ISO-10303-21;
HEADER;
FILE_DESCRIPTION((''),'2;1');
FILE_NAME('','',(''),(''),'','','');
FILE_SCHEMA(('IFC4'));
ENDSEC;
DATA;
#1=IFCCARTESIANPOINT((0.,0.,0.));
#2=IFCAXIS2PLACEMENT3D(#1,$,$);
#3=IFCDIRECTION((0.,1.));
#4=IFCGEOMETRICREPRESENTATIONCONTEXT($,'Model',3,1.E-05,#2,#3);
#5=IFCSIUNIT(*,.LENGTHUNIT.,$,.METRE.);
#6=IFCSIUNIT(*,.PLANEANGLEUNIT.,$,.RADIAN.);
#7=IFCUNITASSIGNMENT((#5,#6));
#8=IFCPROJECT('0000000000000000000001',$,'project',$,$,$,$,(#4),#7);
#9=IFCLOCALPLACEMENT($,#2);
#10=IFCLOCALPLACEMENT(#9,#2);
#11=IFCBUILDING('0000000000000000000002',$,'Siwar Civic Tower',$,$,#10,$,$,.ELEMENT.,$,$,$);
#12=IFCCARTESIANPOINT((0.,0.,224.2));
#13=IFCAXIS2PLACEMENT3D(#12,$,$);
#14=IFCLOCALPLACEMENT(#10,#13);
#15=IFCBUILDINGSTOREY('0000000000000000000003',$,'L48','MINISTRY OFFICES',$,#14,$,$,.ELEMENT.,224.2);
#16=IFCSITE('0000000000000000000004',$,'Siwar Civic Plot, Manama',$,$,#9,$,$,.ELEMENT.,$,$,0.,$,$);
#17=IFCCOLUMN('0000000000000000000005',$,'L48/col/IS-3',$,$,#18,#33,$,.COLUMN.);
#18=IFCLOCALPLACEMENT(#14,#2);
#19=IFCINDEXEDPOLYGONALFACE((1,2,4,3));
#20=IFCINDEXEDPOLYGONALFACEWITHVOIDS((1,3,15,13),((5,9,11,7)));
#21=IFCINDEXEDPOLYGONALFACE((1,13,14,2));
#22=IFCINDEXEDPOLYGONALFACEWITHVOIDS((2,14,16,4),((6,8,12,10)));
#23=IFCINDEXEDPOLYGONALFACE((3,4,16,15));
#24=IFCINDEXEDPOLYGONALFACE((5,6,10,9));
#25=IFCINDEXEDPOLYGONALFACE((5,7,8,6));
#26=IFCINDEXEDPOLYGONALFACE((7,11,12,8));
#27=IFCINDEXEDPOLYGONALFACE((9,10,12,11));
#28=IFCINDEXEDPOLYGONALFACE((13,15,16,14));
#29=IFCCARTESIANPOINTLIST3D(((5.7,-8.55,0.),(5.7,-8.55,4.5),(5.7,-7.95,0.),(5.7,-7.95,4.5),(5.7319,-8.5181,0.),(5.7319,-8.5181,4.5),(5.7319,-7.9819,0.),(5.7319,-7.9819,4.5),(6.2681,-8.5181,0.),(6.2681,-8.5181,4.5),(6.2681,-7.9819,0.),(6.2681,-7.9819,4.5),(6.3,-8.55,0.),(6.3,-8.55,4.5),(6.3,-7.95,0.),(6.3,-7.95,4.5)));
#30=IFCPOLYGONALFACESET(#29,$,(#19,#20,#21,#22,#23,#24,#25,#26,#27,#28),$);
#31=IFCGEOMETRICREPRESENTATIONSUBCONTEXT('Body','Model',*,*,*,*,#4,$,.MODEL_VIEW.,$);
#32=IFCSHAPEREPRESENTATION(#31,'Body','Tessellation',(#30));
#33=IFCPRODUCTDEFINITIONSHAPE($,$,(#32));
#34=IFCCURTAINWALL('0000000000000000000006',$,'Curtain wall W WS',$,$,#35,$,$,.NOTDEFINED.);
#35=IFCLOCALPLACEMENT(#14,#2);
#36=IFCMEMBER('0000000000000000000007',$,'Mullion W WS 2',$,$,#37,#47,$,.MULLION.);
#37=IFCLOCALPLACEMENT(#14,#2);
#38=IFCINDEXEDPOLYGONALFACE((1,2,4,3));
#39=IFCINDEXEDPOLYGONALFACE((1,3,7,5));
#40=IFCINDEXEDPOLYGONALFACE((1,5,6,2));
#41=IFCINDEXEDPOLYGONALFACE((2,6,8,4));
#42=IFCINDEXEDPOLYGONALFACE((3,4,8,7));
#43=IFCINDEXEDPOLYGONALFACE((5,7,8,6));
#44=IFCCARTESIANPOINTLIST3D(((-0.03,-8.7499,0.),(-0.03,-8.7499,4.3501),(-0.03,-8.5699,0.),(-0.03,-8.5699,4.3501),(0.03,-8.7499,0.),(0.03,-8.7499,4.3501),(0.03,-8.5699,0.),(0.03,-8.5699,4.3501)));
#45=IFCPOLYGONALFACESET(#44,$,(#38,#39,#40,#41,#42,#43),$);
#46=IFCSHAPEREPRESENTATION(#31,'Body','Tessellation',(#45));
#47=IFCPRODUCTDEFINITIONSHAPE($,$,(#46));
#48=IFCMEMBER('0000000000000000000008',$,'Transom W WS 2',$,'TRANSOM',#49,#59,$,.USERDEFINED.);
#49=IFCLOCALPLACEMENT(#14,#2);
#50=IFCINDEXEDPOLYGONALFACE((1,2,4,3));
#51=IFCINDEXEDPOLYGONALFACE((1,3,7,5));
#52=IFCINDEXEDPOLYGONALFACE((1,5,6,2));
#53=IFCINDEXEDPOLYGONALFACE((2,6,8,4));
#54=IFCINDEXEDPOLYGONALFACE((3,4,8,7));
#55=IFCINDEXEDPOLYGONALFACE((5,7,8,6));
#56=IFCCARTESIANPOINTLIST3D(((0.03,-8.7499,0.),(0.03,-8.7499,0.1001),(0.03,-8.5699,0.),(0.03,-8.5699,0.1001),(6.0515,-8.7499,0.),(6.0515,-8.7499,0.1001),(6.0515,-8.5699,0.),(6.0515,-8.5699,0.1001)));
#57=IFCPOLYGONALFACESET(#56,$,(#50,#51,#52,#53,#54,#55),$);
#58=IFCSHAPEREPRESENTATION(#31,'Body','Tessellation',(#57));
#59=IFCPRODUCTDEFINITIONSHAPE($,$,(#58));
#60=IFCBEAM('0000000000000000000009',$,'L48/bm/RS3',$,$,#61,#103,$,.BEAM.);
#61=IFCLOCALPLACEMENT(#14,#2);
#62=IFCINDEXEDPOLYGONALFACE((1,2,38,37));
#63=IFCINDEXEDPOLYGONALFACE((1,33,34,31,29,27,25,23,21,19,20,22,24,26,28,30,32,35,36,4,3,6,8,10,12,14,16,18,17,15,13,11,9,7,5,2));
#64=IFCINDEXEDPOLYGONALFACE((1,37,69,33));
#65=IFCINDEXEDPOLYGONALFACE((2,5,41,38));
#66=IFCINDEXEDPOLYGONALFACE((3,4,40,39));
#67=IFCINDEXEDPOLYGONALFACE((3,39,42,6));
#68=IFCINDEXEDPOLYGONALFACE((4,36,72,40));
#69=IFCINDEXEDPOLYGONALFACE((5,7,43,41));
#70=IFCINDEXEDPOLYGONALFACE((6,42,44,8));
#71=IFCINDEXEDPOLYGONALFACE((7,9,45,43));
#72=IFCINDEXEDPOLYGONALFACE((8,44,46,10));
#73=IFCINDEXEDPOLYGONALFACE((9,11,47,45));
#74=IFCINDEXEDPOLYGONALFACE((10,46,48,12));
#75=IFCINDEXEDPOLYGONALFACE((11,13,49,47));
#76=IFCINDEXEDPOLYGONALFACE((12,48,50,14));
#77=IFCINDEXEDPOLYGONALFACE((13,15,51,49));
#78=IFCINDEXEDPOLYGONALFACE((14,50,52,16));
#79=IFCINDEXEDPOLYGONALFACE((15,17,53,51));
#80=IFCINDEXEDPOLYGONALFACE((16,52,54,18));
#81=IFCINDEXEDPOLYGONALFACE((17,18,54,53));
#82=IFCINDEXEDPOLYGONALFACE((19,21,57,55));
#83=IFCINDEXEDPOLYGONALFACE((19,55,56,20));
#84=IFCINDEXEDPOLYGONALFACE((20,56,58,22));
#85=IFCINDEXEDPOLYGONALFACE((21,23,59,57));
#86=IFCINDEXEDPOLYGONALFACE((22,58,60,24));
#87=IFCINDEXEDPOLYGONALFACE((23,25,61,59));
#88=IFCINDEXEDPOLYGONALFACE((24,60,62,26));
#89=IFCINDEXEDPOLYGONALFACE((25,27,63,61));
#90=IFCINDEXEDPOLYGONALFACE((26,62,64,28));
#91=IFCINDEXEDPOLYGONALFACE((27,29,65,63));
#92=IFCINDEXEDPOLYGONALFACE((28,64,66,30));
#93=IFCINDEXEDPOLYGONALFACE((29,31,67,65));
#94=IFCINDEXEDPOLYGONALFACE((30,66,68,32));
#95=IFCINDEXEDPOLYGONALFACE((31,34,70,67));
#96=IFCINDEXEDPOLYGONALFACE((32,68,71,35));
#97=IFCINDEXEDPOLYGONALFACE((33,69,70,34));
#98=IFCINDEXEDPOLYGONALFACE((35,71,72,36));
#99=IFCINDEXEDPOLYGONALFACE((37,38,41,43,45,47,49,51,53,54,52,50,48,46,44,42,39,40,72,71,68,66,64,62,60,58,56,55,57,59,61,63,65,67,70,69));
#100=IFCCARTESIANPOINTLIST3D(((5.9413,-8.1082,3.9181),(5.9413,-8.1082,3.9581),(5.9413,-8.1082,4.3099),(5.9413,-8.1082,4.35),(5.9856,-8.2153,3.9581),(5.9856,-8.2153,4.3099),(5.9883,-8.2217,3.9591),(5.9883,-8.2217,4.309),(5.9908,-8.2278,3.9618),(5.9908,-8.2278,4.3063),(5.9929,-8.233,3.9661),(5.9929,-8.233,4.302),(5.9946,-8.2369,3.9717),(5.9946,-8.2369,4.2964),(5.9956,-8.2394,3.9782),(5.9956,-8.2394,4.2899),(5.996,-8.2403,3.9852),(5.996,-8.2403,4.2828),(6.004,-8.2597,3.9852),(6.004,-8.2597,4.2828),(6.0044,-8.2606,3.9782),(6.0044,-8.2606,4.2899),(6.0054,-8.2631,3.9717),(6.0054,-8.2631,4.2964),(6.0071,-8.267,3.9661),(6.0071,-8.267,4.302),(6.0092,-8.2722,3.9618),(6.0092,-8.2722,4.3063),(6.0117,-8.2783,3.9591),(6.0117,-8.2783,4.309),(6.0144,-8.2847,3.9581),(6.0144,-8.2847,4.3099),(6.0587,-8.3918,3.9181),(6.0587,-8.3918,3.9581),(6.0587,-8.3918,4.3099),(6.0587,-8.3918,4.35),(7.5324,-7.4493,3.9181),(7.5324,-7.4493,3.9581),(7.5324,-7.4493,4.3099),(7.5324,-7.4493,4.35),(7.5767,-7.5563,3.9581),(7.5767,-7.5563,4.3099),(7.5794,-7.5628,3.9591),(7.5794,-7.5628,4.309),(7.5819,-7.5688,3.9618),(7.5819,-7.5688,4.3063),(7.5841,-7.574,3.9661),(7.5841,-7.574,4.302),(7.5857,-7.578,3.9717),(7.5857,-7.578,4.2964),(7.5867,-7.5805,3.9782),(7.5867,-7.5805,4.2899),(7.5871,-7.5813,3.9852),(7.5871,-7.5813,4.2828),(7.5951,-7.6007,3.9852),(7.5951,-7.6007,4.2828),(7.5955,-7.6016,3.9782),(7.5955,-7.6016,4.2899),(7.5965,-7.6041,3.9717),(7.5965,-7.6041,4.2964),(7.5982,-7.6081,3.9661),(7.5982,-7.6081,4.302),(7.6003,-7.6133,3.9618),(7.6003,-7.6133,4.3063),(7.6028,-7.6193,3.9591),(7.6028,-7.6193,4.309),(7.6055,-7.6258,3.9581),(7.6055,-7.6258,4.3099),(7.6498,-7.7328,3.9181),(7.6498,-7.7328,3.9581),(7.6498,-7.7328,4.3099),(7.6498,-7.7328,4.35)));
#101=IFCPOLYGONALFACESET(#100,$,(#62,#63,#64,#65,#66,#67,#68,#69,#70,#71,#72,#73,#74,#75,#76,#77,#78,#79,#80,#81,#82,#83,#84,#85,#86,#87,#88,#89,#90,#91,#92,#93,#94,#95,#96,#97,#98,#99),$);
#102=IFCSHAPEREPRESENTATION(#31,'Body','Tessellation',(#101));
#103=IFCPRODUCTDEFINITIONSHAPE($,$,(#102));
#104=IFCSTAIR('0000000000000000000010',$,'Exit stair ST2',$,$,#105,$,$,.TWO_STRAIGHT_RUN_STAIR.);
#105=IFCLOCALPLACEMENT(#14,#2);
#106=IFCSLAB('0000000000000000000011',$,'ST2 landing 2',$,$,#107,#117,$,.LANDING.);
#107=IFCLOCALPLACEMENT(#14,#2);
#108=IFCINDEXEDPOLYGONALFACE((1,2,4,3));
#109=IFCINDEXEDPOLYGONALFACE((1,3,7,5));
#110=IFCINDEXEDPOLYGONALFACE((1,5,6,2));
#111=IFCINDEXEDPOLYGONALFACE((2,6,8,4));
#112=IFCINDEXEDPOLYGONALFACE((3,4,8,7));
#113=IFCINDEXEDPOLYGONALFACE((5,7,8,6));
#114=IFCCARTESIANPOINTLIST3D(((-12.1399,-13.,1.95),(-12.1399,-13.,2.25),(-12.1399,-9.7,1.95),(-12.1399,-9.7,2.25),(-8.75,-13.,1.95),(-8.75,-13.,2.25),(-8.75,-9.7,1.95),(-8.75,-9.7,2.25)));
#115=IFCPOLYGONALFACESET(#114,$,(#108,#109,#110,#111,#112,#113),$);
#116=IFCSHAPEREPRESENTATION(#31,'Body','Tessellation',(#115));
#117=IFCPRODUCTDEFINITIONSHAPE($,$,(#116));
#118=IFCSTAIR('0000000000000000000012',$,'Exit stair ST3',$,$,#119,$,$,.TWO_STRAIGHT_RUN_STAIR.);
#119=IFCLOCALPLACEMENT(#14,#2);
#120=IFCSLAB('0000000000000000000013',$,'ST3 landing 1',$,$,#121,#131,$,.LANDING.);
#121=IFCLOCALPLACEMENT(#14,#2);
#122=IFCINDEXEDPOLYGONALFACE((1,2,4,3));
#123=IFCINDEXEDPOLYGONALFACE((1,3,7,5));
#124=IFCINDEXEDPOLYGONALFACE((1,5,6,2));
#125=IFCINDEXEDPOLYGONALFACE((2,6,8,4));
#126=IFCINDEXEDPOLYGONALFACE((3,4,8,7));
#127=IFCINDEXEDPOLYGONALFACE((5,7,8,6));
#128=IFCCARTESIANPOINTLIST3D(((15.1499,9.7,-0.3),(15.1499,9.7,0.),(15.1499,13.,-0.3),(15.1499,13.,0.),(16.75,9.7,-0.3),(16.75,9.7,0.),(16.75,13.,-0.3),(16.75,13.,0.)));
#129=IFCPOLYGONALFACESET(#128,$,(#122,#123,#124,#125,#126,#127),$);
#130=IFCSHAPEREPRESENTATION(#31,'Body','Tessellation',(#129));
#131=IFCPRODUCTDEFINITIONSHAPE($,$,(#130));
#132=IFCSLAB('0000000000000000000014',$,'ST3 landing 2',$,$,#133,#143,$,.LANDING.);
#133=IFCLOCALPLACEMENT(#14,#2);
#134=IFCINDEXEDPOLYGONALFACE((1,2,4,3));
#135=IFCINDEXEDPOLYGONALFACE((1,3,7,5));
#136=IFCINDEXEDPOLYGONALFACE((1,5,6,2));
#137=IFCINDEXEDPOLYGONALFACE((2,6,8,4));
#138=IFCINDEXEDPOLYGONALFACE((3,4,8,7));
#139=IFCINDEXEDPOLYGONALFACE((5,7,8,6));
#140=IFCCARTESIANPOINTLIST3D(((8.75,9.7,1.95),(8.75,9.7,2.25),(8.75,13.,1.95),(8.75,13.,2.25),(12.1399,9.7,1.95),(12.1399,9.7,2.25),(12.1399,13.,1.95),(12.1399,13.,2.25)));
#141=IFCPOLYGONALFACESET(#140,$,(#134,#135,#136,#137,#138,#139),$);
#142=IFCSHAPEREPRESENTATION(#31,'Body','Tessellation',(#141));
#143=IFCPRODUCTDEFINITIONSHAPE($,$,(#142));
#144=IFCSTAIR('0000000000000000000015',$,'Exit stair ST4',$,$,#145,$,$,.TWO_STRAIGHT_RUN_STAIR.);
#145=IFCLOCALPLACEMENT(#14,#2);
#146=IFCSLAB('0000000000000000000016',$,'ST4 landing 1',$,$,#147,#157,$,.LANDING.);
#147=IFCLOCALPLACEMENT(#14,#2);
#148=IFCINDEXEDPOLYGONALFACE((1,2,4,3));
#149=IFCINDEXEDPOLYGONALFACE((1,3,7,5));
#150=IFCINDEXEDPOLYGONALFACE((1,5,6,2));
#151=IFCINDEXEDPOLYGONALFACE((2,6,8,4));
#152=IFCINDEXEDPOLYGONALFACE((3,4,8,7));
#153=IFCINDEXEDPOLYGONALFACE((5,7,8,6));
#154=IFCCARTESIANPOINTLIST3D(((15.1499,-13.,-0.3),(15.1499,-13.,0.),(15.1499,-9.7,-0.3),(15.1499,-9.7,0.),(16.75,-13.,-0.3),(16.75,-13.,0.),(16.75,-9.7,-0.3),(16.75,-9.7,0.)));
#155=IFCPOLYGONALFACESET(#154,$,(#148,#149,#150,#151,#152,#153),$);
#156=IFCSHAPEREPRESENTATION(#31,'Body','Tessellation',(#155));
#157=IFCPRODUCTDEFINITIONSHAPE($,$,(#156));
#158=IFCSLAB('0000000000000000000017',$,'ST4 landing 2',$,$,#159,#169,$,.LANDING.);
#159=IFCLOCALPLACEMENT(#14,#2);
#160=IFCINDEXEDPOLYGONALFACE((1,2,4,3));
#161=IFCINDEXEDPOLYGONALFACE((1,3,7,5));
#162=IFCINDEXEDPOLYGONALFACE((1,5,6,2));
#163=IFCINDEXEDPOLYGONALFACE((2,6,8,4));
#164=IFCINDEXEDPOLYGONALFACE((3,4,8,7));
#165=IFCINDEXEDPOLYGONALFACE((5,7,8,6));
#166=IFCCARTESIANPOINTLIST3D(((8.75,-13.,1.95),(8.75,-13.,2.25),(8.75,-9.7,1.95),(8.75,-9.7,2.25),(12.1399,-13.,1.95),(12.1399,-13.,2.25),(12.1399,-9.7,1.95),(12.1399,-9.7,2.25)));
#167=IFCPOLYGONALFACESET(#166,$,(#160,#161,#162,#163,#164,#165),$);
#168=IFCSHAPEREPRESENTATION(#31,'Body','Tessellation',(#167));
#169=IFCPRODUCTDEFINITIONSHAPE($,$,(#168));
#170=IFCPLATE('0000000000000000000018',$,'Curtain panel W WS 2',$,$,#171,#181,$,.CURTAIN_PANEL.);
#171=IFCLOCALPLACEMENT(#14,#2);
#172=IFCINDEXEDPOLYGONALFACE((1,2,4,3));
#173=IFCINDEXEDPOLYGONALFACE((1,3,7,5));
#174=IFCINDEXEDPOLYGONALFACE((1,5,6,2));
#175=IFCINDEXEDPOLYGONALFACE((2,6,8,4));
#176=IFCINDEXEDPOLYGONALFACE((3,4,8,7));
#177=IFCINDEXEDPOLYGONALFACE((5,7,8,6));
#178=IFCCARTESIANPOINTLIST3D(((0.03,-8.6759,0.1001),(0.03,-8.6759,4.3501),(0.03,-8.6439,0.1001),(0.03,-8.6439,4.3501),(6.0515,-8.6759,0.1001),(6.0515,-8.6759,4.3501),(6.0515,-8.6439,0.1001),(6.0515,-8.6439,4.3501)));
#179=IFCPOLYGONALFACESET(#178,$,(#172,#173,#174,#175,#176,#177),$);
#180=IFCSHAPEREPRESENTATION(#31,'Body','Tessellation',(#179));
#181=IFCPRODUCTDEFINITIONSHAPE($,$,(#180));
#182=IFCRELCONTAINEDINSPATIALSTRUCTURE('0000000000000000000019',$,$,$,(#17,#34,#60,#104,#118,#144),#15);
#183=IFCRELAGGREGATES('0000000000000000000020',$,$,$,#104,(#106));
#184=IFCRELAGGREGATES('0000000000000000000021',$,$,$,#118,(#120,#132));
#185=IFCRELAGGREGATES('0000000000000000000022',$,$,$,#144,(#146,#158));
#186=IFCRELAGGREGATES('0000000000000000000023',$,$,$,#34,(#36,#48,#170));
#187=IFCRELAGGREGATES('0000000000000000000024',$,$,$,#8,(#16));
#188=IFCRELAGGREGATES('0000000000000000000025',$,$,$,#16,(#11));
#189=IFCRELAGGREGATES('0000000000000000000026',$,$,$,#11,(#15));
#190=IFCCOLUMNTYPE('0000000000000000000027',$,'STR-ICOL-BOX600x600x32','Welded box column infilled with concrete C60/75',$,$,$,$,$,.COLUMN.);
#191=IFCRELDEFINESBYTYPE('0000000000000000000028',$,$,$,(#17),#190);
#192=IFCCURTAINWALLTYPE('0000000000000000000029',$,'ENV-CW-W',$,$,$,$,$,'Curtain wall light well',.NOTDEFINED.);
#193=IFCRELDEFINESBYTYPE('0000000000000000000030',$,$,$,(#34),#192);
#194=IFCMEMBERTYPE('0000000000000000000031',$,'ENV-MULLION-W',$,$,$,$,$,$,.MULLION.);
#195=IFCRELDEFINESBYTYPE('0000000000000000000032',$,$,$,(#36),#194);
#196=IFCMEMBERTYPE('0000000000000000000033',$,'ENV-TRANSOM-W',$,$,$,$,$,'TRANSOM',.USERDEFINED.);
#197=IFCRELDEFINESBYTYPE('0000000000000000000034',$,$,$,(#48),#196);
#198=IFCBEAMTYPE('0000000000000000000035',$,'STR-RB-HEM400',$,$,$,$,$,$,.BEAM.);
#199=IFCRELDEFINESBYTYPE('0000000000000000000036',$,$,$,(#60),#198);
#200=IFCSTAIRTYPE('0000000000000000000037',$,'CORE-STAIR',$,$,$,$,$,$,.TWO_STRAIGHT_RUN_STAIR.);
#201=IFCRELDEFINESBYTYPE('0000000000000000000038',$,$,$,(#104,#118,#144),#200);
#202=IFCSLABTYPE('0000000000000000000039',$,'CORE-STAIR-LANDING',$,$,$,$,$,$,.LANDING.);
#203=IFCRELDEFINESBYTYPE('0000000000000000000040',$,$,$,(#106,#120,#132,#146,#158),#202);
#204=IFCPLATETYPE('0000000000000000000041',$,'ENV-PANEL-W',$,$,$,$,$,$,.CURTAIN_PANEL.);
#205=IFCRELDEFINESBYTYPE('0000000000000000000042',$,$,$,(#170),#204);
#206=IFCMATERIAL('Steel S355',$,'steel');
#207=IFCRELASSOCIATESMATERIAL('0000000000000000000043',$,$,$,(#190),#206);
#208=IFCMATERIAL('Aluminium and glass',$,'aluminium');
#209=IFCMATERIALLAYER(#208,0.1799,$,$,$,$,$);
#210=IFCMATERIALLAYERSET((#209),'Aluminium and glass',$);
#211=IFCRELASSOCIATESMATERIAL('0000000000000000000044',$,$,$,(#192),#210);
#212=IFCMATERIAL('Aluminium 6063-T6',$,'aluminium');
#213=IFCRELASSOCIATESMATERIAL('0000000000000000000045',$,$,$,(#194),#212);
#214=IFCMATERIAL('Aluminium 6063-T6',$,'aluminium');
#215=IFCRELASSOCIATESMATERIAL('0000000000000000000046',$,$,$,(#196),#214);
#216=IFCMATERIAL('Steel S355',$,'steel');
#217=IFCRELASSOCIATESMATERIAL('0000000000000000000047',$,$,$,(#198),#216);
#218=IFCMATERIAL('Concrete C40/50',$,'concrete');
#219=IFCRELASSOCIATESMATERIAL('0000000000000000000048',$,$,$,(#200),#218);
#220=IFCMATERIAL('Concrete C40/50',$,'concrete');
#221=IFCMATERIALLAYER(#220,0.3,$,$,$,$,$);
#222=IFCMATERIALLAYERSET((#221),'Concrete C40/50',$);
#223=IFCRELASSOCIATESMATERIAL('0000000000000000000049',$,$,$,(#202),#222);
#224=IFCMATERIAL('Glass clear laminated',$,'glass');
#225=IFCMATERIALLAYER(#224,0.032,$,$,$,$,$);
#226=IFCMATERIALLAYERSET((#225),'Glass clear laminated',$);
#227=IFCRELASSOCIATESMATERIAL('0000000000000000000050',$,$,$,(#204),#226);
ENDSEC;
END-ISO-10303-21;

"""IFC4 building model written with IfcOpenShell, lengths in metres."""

from ifc_helpers import new_model, si_unit, direction, frame, origin, origin_2d, place, context, subcontext, project, spatial, polyline, rectangle, hollow_rectangle, i_section, outline, extrude, material, layer, layer_set, material_profile, profile_set, type_object, element, aggregate, save


model = new_model("IFC4")

# Units and contexts
model_context = context("Model", 3, precision=1e-05, world=origin(), true_north=direction((0.0, 1.0)))
body_context = subcontext(model_context, "Body", "Model", "MODEL_VIEW")
ifc_project = project(units=[si_unit("LENGTHUNIT", "METRE"), si_unit("PLANEANGLEUNIT", "RADIAN")], contexts=[model_context])

# Site, building, storey
site_placement = place(None, origin())
site = spatial("IfcSite", under=ifc_project, at=site_placement, Name="Siwar Civic Plot, Manama", CompositionType="ELEMENT", RefElevation=0.0)
building_placement = place(site_placement, origin())
building = spatial("IfcBuilding", under=site, at=building_placement, Name="Siwar Civic Tower", CompositionType="ELEMENT")
storey_placement = place(building_placement, frame((0.0, 0.0, 224.2)))
storey = spatial("IfcBuildingStorey", under=building, at=storey_placement, Name="L48", Description="MINISTRY OFFICES", CompositionType="ELEMENT", Elevation=224.2)

# Column
ifc_material_1 = material(Name="Steel S355", Category="steel")
ifc_material_profile_1 = material_profile(ifc_material_1, hollow_rectangle(XDim=0.6001, YDim=0.6001, WallThickness=0.032, at=origin_2d()), Name="BOX600x600x32")
ifc_profile_set_1 = profile_set([ifc_material_profile_1], Name="Steel S355")
column_type = type_object("IfcColumnType", Name="STR-ICOL-BOX600x600x32", Description="Welded box column infilled with concrete C60/75", PredefinedType="COLUMN", material=ifc_profile_set_1)
column_placement = place(storey_placement, frame((6.0, -8.25, 0.0), z_axis=(0.0, 0.0, 1.0), x_axis=(1.0, 0.0, 0.0)))
element("IfcColumn", 1, at=column_placement, inside=storey, type_object=column_type, Name="L48/col/IS-3", PredefinedType="COLUMN", context=body_context, shape_type="SweptSolid", body=[
    extrude(hollow_rectangle(XDim=0.6001, YDim=0.6001, WallThickness=0.032, at=origin_2d()), origin(), (0.0, 0.0, 1.0), 4.5),
])

# Curtain wall, members
ifc_material_2 = material(Name="Aluminium and glass", Category="aluminium")
ifc_layer_1 = layer(ifc_material_2, 0.1799)
ifc_layer_set_1 = layer_set([ifc_layer_1], Name="Aluminium and glass")
curtain_wall_type = type_object("IfcCurtainWallType", Name="ENV-CW-W", ElementType="Curtain wall light well", PredefinedType="NOTDEFINED", material=ifc_layer_set_1)
curtain_wall_placement = place(storey_placement, origin())
curtain_wall = element("IfcCurtainWall", 2, at=curtain_wall_placement, inside=storey, type_object=curtain_wall_type, Name="Curtain wall W WS", PredefinedType="NOTDEFINED")
ifc_material_3 = material(Name="Aluminium 6063-T6", Category="aluminium")
ifc_material_profile_2 = material_profile(ifc_material_3, rectangle(XDim=0.1799, YDim=0.0601, at=origin_2d()), Name="AL 180x60")
ifc_profile_set_2 = profile_set([ifc_material_profile_2], Name="Aluminium 6063-T6")
member_type_1 = type_object("IfcMemberType", Name="ENV-MULLION-W", PredefinedType="MULLION", material=ifc_profile_set_2)
member_1_placement = place(storey_placement, frame((0.0, -8.6599, 0.0), z_axis=(0.0, 0.0, 1.0), x_axis=(0.0, 1.0, 0.0)))
member_1 = element("IfcMember", 3, at=member_1_placement, type_object=member_type_1, Name="Mullion W WS 2", PredefinedType="MULLION", context=body_context, shape_type="SweptSolid", body=[
    extrude(rectangle(XDim=0.1799, YDim=0.0601, at=origin_2d()), origin(), (0.0, 0.0, 1.0), 4.3501),
])
ifc_material_4 = material(Name="Aluminium 6063-T6", Category="aluminium")
ifc_material_profile_3 = material_profile(ifc_material_4, rectangle(XDim=0.1799, YDim=0.1001, at=origin_2d()), Name="AL 180x100")
ifc_profile_set_3 = profile_set([ifc_material_profile_3], Name="Aluminium 6063-T6")
member_type_2 = type_object("IfcMemberType", Name="ENV-TRANSOM-W", ElementType="TRANSOM", PredefinedType="USERDEFINED", material=ifc_profile_set_3)
member_2_placement = place(storey_placement, frame((0.03, -8.6599, 0.05), z_axis=(1.0, 0.0, 0.0), x_axis=(0.0, 1.0, 0.0)))
member_2 = element("IfcMember", 4, at=member_2_placement, type_object=member_type_2, Name="Transom W WS 2", ObjectType="TRANSOM", PredefinedType="USERDEFINED", context=body_context, shape_type="SweptSolid", body=[
    extrude(rectangle(XDim=0.1799, YDim=0.1001, at=origin_2d()), origin(), (0.0, 0.0, 1.0), 6.0215),
])

# Beam
ifc_material_5 = material(Name="Steel S355", Category="steel")
ifc_material_profile_4 = material_profile(ifc_material_5, i_section(OverallWidth=0.3069, OverallDepth=0.4319, WebThickness=0.021, FlangeThickness=0.04, FilletRadius=0.0271, at=origin_2d()), Name="HEM400")
ifc_profile_set_4 = profile_set([ifc_material_profile_4], Name="Steel S355")
beam_type = type_object("IfcBeamType", Name="STR-RB-HEM400", PredefinedType="BEAM", material=ifc_profile_set_4)
beam_placement = place(storey_placement, frame((6.0, -8.25, 4.134), z_axis=(0.923901, 0.382631, 0.0), x_axis=(-0.382631, 0.923901, 0.0)))
element("IfcBeam", 5, at=beam_placement, inside=storey, type_object=beam_type, Name="L48/bm/RS3", PredefinedType="BEAM", context=body_context, shape_type="SweptSolid", body=[
    extrude(i_section(OverallWidth=0.3069, OverallDepth=0.4319, WebThickness=0.021, FlangeThickness=0.04, FilletRadius=0.0271, at=origin_2d()), origin(), (0.0, 0.0, 1.0), 1.7222),
])

# Stair, slab
ifc_material_6 = material(Name="Concrete C40/50", Category="concrete")
stair_type = type_object("IfcStairType", Name="CORE-STAIR", PredefinedType="TWO_STRAIGHT_RUN_STAIR", material=ifc_material_6)
stair_1_placement = place(storey_placement, origin())
stair_1 = element("IfcStair", 6, at=stair_1_placement, inside=storey, type_object=stair_type, Name="Exit stair ST2", PredefinedType="TWO_STRAIGHT_RUN_STAIR")
ifc_material_7 = material(Name="Concrete C40/50", Category="concrete")
ifc_layer_2 = layer(ifc_material_7, 0.3)
ifc_layer_set_2 = layer_set([ifc_layer_2], Name="Concrete C40/50")
slab_type_1 = type_object("IfcSlabType", Name="CORE-STAIR-LANDING", PredefinedType="LANDING", material=ifc_layer_set_2)
slab_1_placement = place(storey_placement, frame((0.0, 0.0, 1.95)))
slab_1 = element("IfcSlab", 7, at=slab_1_placement, type_object=slab_type_1, Name="ST2 landing 2", PredefinedType="LANDING", context=body_context, shape_type="SweptSolid", body=[
    extrude(outline(polyline([(-8.75, -9.7), (-12.1399, -9.7), (-12.1399, -13.0), (-8.75, -13.0), (-8.75, -9.7)])), origin(), (0.0, 0.0, 1.0), 0.3),
])
aggregate(stair_1, [slab_1])

# Stairs, slabs
stair_2_placement = place(storey_placement, origin())
stair_2 = element("IfcStair", 8, at=stair_2_placement, inside=storey, type_object=stair_type, Name="Exit stair ST3", PredefinedType="TWO_STRAIGHT_RUN_STAIR")
slab_2_placement = place(storey_placement, frame((0.0, 0.0, -0.3)))
slab_2 = element("IfcSlab", 9, at=slab_2_placement, type_object=slab_type_1, Name="ST3 landing 1", PredefinedType="LANDING", context=body_context, shape_type="SweptSolid", body=[
    extrude(outline(polyline([(15.1499, 9.7), (16.75, 9.7), (16.75, 13.0), (15.1499, 13.0), (15.1499, 9.7)])), origin(), (0.0, 0.0, 1.0), 0.3),
])
slab_3_placement = place(storey_placement, frame((0.0, 0.0, 1.95)))
slab_3 = element("IfcSlab", 10, at=slab_3_placement, type_object=slab_type_1, Name="ST3 landing 2", PredefinedType="LANDING", context=body_context, shape_type="SweptSolid", body=[
    extrude(outline(polyline([(8.75, 9.7), (12.1399, 9.7), (12.1399, 13.0), (8.75, 13.0), (8.75, 9.7)])), origin(), (0.0, 0.0, 1.0), 0.3),
])
aggregate(stair_2, [slab_2, slab_3])
stair_3_placement = place(storey_placement, origin())
stair_3 = element("IfcStair", 11, at=stair_3_placement, inside=storey, type_object=stair_type, Name="Exit stair ST4", PredefinedType="TWO_STRAIGHT_RUN_STAIR")
slab_4_placement = place(storey_placement, frame((0.0, 0.0, -0.3)))
slab_4 = element("IfcSlab", 12, at=slab_4_placement, type_object=slab_type_1, Name="ST4 landing 1", PredefinedType="LANDING", context=body_context, shape_type="SweptSolid", body=[
    extrude(outline(polyline([(15.1499, -13.0), (16.75, -13.0), (16.75, -9.7), (15.1499, -9.7), (15.1499, -13.0)])), origin(), (0.0, 0.0, 1.0), 0.3),
])
slab_5_placement = place(storey_placement, frame((0.0, 0.0, 1.95)))
slab_5 = element("IfcSlab", 13, at=slab_5_placement, type_object=slab_type_1, Name="ST4 landing 2", PredefinedType="LANDING", context=body_context, shape_type="SweptSolid", body=[
    extrude(outline(polyline([(8.75, -13.0), (12.1399, -13.0), (12.1399, -9.7), (8.75, -9.7), (8.75, -13.0)])), origin(), (0.0, 0.0, 1.0), 0.3),
])
aggregate(stair_3, [slab_4, slab_5])

# Plate
ifc_material_8 = material(Name="Glass clear laminated", Category="glass")
ifc_layer_3 = layer(ifc_material_8, 0.032)
ifc_layer_set_3 = layer_set([ifc_layer_3], Name="Glass clear laminated")
plate_type = type_object("IfcPlateType", Name="ENV-PANEL-W", PredefinedType="CURTAIN_PANEL", material=ifc_layer_set_3)
plate_placement = place(storey_placement, frame((3.0408, -8.6599, 0.1001), z_axis=(0.0, 0.0, 1.0), x_axis=(1.0, 0.0, 0.0)))
plate = element("IfcPlate", 14, at=plate_placement, type_object=plate_type, Name="Curtain panel W WS 2", PredefinedType="CURTAIN_PANEL", context=body_context, shape_type="SweptSolid", body=[
    extrude(rectangle(XDim=6.0215, YDim=0.032, at=origin_2d()), origin(), (0.0, 0.0, 1.0), 4.25),
])
aggregate(curtain_wall, [member_1, member_2, plate])

save(model, "model.ifc")
